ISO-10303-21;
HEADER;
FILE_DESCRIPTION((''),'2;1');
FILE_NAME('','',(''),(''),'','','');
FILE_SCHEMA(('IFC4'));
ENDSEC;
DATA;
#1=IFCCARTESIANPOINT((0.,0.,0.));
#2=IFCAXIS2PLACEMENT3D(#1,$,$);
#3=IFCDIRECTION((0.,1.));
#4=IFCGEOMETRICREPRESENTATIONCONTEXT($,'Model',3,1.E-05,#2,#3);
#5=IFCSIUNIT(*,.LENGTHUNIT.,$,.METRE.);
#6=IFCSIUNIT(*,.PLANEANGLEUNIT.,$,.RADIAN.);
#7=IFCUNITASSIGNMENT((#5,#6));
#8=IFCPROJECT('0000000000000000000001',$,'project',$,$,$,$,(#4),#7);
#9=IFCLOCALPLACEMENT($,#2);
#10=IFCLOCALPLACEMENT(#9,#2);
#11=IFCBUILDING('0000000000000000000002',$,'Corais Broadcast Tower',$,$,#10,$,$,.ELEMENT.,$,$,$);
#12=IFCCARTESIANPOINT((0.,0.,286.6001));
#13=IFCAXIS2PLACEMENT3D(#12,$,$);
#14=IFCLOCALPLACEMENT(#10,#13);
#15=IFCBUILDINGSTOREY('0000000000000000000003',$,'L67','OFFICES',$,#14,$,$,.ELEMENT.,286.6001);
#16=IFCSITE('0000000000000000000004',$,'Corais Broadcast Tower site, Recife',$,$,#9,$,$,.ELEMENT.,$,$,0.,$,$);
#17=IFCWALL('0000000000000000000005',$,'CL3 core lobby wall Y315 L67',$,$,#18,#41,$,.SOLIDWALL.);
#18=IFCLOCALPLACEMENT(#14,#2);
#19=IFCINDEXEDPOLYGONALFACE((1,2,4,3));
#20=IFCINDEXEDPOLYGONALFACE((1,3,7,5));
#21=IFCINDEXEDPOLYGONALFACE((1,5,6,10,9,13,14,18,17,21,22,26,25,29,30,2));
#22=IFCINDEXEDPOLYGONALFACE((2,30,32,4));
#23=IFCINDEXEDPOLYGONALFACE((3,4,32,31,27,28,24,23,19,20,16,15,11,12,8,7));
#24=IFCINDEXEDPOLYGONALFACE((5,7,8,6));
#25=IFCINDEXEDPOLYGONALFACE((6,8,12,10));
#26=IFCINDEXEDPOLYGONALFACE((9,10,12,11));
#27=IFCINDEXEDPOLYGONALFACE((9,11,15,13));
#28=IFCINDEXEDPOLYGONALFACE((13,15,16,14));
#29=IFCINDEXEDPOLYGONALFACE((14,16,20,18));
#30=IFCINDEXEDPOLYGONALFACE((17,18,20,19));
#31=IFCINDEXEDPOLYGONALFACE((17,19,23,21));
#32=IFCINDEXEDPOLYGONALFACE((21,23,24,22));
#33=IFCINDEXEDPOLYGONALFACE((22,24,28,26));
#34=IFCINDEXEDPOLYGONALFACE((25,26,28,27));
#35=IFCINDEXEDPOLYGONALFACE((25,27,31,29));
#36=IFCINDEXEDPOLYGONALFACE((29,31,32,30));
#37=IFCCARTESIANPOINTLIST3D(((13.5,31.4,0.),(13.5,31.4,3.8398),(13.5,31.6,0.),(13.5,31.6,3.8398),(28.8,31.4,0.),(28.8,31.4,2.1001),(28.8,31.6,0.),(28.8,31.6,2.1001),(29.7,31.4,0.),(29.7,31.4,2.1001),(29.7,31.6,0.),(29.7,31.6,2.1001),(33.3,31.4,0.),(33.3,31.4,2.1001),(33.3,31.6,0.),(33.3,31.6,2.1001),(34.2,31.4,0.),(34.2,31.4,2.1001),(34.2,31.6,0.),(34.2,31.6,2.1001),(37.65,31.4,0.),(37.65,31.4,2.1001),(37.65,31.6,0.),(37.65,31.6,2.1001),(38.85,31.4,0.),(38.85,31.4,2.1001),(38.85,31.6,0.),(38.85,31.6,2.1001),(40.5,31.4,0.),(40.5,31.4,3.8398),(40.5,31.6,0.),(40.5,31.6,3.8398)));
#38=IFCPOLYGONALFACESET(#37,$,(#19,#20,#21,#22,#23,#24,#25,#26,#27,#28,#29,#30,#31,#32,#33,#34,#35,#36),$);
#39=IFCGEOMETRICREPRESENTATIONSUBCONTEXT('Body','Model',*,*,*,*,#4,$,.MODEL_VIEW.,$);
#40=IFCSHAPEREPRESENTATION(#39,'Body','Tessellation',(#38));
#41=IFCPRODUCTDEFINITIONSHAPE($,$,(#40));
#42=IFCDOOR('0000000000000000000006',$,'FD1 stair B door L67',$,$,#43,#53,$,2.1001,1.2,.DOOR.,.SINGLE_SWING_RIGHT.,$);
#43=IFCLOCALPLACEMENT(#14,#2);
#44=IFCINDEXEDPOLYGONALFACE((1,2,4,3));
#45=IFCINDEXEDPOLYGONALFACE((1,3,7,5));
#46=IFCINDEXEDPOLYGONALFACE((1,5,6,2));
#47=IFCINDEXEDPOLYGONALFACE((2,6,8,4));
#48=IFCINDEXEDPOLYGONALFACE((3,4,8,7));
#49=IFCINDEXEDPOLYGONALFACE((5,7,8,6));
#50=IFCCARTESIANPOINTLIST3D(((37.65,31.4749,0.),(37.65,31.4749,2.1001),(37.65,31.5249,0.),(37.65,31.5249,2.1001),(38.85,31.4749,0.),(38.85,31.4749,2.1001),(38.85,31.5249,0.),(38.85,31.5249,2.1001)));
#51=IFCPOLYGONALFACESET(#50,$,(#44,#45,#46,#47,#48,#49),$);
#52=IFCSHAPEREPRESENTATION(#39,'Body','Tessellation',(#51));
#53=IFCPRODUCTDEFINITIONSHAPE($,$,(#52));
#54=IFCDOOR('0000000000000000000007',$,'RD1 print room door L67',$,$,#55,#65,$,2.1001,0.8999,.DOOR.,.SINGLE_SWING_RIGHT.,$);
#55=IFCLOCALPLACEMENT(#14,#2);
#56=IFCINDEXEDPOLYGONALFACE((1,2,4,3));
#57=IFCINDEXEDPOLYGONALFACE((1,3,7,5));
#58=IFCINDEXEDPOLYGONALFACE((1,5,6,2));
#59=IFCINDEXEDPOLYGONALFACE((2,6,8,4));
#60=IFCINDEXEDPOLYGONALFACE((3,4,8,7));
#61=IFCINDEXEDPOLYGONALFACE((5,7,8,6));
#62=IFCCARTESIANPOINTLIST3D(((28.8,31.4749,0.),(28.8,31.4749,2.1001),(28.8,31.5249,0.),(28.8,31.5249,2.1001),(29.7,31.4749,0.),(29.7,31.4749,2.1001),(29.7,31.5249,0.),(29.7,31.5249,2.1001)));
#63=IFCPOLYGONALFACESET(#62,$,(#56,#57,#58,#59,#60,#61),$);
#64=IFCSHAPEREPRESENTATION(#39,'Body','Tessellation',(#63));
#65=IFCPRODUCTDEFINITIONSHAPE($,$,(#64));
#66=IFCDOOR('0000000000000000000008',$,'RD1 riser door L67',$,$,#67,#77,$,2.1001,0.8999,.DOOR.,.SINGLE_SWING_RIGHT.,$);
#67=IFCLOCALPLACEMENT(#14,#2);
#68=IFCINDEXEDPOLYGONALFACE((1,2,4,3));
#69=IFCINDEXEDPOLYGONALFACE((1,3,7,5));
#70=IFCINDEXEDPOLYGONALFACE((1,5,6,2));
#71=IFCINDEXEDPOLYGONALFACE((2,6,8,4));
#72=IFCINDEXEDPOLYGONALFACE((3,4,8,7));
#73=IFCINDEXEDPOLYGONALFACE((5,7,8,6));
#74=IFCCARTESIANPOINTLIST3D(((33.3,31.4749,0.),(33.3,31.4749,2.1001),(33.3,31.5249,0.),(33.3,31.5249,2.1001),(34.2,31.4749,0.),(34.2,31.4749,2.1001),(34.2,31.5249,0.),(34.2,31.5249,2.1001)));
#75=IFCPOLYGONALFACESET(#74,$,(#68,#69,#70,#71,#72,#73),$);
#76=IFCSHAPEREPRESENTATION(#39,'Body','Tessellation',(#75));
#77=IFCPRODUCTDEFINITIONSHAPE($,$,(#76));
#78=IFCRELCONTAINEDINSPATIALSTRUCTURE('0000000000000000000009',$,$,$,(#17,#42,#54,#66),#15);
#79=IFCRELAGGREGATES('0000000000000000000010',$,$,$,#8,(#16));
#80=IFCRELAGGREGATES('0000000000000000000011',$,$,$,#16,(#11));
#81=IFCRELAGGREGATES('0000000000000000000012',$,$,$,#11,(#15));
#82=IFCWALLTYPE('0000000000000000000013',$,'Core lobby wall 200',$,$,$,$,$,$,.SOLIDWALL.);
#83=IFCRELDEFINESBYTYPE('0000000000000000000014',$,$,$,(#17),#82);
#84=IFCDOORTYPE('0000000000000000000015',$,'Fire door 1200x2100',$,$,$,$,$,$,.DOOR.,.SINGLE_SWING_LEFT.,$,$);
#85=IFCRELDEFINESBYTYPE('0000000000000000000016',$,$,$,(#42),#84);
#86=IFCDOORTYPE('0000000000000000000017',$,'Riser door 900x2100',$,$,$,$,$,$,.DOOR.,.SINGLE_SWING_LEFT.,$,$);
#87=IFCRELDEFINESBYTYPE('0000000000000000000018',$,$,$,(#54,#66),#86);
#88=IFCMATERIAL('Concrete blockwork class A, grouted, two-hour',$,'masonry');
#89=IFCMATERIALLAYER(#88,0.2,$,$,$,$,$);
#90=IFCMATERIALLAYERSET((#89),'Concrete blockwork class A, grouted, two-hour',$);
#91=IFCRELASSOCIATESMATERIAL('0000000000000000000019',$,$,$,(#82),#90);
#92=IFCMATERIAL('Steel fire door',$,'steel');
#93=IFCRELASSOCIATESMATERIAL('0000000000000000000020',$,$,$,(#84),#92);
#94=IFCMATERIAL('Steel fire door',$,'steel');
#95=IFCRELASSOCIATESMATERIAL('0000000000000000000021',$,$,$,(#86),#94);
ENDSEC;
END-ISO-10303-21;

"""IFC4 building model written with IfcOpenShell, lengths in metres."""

from ifc_helpers import new_model, si_unit, direction, frame, frame_2d, origin, place, context, subcontext, project, spatial, rectangle, extrude, material, layer, layer_set, type_object, element, fill, save


model = new_model("IFC4")

# Units and contexts
model_context = context("Model", 3, precision=1e-05, world=origin(), true_north=direction((0.0, 1.0)))
body_context = subcontext(model_context, "Body", "Model", "MODEL_VIEW")
ifc_project = project(units=[si_unit("LENGTHUNIT", "METRE"), si_unit("PLANEANGLEUNIT", "RADIAN")], contexts=[model_context])

# Site, building, storey
site_placement = place(None, origin())
site = spatial("IfcSite", under=ifc_project, at=site_placement, Name="Corais Broadcast Tower site, Recife", CompositionType="ELEMENT", RefElevation=0.0)
building_placement = place(site_placement, origin())
building = spatial("IfcBuilding", under=site, at=building_placement, Name="Corais Broadcast Tower", CompositionType="ELEMENT")
storey_placement = place(building_placement, frame((0.0, 0.0, 286.6001)))
storey = spatial("IfcBuildingStorey", under=building, at=storey_placement, Name="L67", Description="OFFICES", CompositionType="ELEMENT", Elevation=286.6001)

# Wall, openings, doors
ifc_material_1 = material(Name="Concrete blockwork class A, grouted, two-hour", Category="masonry")
ifc_layer_1 = layer(ifc_material_1, 0.2)
ifc_layer_set_1 = layer_set([ifc_layer_1], Name="Concrete blockwork class A, grouted, two-hour")
wall_type_1 = type_object("IfcWallType", Name="Core lobby wall 200", PredefinedType="SOLIDWALL", material=ifc_layer_set_1)
wall_1_placement = place(storey_placement, frame((13.5, 31.5, 0.0), z_axis=(0.0, 0.0, 1.0), x_axis=(1.0, 0.0, 0.0)))
wall_1 = element("IfcWall", 1, at=wall_1_placement, inside=storey, type_object=wall_type_1, Name="CL3 core lobby wall Y315 L67", PredefinedType="SOLIDWALL", context=body_context, shape_type="SweptSolid", body=[
    extrude(rectangle(XDim=27.0, YDim=0.2, at=frame_2d((13.5, 0.0))), origin(), (0.0, 0.0, 1.0), 3.8398),
])
opening_1_placement = place(wall_1_placement, frame((24.1499, 0.0, 0.0)))
opening_1 = element("IfcOpeningElement", 2, at=opening_1_placement, cuts=wall_1, PredefinedType="OPENING", context=body_context, shape_type="SweptSolid", body=[
    extrude(rectangle(XDim=1.2, YDim=2.1001, at=frame_2d((0.6001, 1.05))), frame((0.0, 0.1099, 0.0), z_axis=(0.0, -1.0, 0.0), x_axis=(1.0, 0.0, 0.0)), (0.0, 0.0, 1.0), 0.22),
])
opening_2_placement = place(wall_1_placement, frame((15.3, 0.0, 0.0)))
opening_2 = element("IfcOpeningElement", 3, at=opening_2_placement, cuts=wall_1, PredefinedType="OPENING", context=body_context, shape_type="SweptSolid", body=[
    extrude(rectangle(XDim=0.8999, YDim=2.1001, at=frame_2d((0.45, 1.05))), frame((0.0, 0.1099, 0.0), z_axis=(0.0, -1.0, 0.0), x_axis=(1.0, 0.0, 0.0)), (0.0, 0.0, 1.0), 0.22),
])
opening_3_placement = place(wall_1_placement, frame((19.8, 0.0, 0.0)))
opening_3 = element("IfcOpeningElement", 4, at=opening_3_placement, cuts=wall_1, PredefinedType="OPENING", context=body_context, shape_type="SweptSolid", body=[
    extrude(rectangle(XDim=0.8999, YDim=2.1001, at=frame_2d((0.45, 1.05))), frame((0.0, 0.1099, 0.0), z_axis=(0.0, -1.0, 0.0), x_axis=(1.0, 0.0, 0.0)), (0.0, 0.0, 1.0), 0.22),
])
ifc_material_2 = material(Name="Steel fire door", Category="steel")
door_type_1 = type_object("IfcDoorType", Name="Fire door 1200x2100", OperationType="SINGLE_SWING_LEFT", PredefinedType="DOOR", material=ifc_material_2)
door_1_placement = place(opening_1_placement, origin())
door_1 = element("IfcDoor", 5, at=door_1_placement, inside=storey, type_object=door_type_1, Name="FD1 stair B door L67", OperationType="SINGLE_SWING_RIGHT", OverallHeight=2.1001, OverallWidth=1.2, PredefinedType="DOOR", context=body_context, shape_type="SweptSolid", body=[
    extrude(rectangle(XDim=1.2, YDim=2.1001, at=frame_2d((0.6001, 1.05))), frame((0.0, 0.0249, 0.0), z_axis=(0.0, -1.0, 0.0), x_axis=(1.0, 0.0, 0.0)), (0.0, 0.0, 1.0), 0.05),
])
fill(opening_1, door_1)
ifc_material_3 = material(Name="Steel fire door", Category="steel")
door_type_2 = type_object("IfcDoorType", Name="Riser door 900x2100", OperationType="SINGLE_SWING_LEFT", PredefinedType="DOOR", material=ifc_material_3)
door_2_placement = place(opening_2_placement, origin())
door_2 = element("IfcDoor", 6, at=door_2_placement, inside=storey, type_object=door_type_2, Name="RD1 print room door L67", OperationType="SINGLE_SWING_RIGHT", OverallHeight=2.1001, OverallWidth=0.8999, PredefinedType="DOOR", context=body_context, shape_type="SweptSolid", body=[
    extrude(rectangle(XDim=0.8999, YDim=2.1001, at=frame_2d((0.45, 1.05))), frame((0.0, 0.0249, 0.0), z_axis=(0.0, -1.0, 0.0), x_axis=(1.0, 0.0, 0.0)), (0.0, 0.0, 1.0), 0.05),
])
fill(opening_2, door_2)
door_3_placement = place(opening_3_placement, origin())
door_3 = element("IfcDoor", 7, at=door_3_placement, inside=storey, type_object=door_type_2, Name="RD1 riser door L67", OperationType="SINGLE_SWING_RIGHT", OverallHeight=2.1001, OverallWidth=0.8999, PredefinedType="DOOR", context=body_context, shape_type="SweptSolid", body=[
    extrude(rectangle(XDim=0.8999, YDim=2.1001, at=frame_2d((0.45, 1.05))), frame((0.0, 0.0249, 0.0), z_axis=(0.0, -1.0, 0.0), x_axis=(1.0, 0.0, 0.0)), (0.0, 0.0, 1.0), 0.05),
])
fill(opening_3, door_3)

save(model, "model.ifc")
